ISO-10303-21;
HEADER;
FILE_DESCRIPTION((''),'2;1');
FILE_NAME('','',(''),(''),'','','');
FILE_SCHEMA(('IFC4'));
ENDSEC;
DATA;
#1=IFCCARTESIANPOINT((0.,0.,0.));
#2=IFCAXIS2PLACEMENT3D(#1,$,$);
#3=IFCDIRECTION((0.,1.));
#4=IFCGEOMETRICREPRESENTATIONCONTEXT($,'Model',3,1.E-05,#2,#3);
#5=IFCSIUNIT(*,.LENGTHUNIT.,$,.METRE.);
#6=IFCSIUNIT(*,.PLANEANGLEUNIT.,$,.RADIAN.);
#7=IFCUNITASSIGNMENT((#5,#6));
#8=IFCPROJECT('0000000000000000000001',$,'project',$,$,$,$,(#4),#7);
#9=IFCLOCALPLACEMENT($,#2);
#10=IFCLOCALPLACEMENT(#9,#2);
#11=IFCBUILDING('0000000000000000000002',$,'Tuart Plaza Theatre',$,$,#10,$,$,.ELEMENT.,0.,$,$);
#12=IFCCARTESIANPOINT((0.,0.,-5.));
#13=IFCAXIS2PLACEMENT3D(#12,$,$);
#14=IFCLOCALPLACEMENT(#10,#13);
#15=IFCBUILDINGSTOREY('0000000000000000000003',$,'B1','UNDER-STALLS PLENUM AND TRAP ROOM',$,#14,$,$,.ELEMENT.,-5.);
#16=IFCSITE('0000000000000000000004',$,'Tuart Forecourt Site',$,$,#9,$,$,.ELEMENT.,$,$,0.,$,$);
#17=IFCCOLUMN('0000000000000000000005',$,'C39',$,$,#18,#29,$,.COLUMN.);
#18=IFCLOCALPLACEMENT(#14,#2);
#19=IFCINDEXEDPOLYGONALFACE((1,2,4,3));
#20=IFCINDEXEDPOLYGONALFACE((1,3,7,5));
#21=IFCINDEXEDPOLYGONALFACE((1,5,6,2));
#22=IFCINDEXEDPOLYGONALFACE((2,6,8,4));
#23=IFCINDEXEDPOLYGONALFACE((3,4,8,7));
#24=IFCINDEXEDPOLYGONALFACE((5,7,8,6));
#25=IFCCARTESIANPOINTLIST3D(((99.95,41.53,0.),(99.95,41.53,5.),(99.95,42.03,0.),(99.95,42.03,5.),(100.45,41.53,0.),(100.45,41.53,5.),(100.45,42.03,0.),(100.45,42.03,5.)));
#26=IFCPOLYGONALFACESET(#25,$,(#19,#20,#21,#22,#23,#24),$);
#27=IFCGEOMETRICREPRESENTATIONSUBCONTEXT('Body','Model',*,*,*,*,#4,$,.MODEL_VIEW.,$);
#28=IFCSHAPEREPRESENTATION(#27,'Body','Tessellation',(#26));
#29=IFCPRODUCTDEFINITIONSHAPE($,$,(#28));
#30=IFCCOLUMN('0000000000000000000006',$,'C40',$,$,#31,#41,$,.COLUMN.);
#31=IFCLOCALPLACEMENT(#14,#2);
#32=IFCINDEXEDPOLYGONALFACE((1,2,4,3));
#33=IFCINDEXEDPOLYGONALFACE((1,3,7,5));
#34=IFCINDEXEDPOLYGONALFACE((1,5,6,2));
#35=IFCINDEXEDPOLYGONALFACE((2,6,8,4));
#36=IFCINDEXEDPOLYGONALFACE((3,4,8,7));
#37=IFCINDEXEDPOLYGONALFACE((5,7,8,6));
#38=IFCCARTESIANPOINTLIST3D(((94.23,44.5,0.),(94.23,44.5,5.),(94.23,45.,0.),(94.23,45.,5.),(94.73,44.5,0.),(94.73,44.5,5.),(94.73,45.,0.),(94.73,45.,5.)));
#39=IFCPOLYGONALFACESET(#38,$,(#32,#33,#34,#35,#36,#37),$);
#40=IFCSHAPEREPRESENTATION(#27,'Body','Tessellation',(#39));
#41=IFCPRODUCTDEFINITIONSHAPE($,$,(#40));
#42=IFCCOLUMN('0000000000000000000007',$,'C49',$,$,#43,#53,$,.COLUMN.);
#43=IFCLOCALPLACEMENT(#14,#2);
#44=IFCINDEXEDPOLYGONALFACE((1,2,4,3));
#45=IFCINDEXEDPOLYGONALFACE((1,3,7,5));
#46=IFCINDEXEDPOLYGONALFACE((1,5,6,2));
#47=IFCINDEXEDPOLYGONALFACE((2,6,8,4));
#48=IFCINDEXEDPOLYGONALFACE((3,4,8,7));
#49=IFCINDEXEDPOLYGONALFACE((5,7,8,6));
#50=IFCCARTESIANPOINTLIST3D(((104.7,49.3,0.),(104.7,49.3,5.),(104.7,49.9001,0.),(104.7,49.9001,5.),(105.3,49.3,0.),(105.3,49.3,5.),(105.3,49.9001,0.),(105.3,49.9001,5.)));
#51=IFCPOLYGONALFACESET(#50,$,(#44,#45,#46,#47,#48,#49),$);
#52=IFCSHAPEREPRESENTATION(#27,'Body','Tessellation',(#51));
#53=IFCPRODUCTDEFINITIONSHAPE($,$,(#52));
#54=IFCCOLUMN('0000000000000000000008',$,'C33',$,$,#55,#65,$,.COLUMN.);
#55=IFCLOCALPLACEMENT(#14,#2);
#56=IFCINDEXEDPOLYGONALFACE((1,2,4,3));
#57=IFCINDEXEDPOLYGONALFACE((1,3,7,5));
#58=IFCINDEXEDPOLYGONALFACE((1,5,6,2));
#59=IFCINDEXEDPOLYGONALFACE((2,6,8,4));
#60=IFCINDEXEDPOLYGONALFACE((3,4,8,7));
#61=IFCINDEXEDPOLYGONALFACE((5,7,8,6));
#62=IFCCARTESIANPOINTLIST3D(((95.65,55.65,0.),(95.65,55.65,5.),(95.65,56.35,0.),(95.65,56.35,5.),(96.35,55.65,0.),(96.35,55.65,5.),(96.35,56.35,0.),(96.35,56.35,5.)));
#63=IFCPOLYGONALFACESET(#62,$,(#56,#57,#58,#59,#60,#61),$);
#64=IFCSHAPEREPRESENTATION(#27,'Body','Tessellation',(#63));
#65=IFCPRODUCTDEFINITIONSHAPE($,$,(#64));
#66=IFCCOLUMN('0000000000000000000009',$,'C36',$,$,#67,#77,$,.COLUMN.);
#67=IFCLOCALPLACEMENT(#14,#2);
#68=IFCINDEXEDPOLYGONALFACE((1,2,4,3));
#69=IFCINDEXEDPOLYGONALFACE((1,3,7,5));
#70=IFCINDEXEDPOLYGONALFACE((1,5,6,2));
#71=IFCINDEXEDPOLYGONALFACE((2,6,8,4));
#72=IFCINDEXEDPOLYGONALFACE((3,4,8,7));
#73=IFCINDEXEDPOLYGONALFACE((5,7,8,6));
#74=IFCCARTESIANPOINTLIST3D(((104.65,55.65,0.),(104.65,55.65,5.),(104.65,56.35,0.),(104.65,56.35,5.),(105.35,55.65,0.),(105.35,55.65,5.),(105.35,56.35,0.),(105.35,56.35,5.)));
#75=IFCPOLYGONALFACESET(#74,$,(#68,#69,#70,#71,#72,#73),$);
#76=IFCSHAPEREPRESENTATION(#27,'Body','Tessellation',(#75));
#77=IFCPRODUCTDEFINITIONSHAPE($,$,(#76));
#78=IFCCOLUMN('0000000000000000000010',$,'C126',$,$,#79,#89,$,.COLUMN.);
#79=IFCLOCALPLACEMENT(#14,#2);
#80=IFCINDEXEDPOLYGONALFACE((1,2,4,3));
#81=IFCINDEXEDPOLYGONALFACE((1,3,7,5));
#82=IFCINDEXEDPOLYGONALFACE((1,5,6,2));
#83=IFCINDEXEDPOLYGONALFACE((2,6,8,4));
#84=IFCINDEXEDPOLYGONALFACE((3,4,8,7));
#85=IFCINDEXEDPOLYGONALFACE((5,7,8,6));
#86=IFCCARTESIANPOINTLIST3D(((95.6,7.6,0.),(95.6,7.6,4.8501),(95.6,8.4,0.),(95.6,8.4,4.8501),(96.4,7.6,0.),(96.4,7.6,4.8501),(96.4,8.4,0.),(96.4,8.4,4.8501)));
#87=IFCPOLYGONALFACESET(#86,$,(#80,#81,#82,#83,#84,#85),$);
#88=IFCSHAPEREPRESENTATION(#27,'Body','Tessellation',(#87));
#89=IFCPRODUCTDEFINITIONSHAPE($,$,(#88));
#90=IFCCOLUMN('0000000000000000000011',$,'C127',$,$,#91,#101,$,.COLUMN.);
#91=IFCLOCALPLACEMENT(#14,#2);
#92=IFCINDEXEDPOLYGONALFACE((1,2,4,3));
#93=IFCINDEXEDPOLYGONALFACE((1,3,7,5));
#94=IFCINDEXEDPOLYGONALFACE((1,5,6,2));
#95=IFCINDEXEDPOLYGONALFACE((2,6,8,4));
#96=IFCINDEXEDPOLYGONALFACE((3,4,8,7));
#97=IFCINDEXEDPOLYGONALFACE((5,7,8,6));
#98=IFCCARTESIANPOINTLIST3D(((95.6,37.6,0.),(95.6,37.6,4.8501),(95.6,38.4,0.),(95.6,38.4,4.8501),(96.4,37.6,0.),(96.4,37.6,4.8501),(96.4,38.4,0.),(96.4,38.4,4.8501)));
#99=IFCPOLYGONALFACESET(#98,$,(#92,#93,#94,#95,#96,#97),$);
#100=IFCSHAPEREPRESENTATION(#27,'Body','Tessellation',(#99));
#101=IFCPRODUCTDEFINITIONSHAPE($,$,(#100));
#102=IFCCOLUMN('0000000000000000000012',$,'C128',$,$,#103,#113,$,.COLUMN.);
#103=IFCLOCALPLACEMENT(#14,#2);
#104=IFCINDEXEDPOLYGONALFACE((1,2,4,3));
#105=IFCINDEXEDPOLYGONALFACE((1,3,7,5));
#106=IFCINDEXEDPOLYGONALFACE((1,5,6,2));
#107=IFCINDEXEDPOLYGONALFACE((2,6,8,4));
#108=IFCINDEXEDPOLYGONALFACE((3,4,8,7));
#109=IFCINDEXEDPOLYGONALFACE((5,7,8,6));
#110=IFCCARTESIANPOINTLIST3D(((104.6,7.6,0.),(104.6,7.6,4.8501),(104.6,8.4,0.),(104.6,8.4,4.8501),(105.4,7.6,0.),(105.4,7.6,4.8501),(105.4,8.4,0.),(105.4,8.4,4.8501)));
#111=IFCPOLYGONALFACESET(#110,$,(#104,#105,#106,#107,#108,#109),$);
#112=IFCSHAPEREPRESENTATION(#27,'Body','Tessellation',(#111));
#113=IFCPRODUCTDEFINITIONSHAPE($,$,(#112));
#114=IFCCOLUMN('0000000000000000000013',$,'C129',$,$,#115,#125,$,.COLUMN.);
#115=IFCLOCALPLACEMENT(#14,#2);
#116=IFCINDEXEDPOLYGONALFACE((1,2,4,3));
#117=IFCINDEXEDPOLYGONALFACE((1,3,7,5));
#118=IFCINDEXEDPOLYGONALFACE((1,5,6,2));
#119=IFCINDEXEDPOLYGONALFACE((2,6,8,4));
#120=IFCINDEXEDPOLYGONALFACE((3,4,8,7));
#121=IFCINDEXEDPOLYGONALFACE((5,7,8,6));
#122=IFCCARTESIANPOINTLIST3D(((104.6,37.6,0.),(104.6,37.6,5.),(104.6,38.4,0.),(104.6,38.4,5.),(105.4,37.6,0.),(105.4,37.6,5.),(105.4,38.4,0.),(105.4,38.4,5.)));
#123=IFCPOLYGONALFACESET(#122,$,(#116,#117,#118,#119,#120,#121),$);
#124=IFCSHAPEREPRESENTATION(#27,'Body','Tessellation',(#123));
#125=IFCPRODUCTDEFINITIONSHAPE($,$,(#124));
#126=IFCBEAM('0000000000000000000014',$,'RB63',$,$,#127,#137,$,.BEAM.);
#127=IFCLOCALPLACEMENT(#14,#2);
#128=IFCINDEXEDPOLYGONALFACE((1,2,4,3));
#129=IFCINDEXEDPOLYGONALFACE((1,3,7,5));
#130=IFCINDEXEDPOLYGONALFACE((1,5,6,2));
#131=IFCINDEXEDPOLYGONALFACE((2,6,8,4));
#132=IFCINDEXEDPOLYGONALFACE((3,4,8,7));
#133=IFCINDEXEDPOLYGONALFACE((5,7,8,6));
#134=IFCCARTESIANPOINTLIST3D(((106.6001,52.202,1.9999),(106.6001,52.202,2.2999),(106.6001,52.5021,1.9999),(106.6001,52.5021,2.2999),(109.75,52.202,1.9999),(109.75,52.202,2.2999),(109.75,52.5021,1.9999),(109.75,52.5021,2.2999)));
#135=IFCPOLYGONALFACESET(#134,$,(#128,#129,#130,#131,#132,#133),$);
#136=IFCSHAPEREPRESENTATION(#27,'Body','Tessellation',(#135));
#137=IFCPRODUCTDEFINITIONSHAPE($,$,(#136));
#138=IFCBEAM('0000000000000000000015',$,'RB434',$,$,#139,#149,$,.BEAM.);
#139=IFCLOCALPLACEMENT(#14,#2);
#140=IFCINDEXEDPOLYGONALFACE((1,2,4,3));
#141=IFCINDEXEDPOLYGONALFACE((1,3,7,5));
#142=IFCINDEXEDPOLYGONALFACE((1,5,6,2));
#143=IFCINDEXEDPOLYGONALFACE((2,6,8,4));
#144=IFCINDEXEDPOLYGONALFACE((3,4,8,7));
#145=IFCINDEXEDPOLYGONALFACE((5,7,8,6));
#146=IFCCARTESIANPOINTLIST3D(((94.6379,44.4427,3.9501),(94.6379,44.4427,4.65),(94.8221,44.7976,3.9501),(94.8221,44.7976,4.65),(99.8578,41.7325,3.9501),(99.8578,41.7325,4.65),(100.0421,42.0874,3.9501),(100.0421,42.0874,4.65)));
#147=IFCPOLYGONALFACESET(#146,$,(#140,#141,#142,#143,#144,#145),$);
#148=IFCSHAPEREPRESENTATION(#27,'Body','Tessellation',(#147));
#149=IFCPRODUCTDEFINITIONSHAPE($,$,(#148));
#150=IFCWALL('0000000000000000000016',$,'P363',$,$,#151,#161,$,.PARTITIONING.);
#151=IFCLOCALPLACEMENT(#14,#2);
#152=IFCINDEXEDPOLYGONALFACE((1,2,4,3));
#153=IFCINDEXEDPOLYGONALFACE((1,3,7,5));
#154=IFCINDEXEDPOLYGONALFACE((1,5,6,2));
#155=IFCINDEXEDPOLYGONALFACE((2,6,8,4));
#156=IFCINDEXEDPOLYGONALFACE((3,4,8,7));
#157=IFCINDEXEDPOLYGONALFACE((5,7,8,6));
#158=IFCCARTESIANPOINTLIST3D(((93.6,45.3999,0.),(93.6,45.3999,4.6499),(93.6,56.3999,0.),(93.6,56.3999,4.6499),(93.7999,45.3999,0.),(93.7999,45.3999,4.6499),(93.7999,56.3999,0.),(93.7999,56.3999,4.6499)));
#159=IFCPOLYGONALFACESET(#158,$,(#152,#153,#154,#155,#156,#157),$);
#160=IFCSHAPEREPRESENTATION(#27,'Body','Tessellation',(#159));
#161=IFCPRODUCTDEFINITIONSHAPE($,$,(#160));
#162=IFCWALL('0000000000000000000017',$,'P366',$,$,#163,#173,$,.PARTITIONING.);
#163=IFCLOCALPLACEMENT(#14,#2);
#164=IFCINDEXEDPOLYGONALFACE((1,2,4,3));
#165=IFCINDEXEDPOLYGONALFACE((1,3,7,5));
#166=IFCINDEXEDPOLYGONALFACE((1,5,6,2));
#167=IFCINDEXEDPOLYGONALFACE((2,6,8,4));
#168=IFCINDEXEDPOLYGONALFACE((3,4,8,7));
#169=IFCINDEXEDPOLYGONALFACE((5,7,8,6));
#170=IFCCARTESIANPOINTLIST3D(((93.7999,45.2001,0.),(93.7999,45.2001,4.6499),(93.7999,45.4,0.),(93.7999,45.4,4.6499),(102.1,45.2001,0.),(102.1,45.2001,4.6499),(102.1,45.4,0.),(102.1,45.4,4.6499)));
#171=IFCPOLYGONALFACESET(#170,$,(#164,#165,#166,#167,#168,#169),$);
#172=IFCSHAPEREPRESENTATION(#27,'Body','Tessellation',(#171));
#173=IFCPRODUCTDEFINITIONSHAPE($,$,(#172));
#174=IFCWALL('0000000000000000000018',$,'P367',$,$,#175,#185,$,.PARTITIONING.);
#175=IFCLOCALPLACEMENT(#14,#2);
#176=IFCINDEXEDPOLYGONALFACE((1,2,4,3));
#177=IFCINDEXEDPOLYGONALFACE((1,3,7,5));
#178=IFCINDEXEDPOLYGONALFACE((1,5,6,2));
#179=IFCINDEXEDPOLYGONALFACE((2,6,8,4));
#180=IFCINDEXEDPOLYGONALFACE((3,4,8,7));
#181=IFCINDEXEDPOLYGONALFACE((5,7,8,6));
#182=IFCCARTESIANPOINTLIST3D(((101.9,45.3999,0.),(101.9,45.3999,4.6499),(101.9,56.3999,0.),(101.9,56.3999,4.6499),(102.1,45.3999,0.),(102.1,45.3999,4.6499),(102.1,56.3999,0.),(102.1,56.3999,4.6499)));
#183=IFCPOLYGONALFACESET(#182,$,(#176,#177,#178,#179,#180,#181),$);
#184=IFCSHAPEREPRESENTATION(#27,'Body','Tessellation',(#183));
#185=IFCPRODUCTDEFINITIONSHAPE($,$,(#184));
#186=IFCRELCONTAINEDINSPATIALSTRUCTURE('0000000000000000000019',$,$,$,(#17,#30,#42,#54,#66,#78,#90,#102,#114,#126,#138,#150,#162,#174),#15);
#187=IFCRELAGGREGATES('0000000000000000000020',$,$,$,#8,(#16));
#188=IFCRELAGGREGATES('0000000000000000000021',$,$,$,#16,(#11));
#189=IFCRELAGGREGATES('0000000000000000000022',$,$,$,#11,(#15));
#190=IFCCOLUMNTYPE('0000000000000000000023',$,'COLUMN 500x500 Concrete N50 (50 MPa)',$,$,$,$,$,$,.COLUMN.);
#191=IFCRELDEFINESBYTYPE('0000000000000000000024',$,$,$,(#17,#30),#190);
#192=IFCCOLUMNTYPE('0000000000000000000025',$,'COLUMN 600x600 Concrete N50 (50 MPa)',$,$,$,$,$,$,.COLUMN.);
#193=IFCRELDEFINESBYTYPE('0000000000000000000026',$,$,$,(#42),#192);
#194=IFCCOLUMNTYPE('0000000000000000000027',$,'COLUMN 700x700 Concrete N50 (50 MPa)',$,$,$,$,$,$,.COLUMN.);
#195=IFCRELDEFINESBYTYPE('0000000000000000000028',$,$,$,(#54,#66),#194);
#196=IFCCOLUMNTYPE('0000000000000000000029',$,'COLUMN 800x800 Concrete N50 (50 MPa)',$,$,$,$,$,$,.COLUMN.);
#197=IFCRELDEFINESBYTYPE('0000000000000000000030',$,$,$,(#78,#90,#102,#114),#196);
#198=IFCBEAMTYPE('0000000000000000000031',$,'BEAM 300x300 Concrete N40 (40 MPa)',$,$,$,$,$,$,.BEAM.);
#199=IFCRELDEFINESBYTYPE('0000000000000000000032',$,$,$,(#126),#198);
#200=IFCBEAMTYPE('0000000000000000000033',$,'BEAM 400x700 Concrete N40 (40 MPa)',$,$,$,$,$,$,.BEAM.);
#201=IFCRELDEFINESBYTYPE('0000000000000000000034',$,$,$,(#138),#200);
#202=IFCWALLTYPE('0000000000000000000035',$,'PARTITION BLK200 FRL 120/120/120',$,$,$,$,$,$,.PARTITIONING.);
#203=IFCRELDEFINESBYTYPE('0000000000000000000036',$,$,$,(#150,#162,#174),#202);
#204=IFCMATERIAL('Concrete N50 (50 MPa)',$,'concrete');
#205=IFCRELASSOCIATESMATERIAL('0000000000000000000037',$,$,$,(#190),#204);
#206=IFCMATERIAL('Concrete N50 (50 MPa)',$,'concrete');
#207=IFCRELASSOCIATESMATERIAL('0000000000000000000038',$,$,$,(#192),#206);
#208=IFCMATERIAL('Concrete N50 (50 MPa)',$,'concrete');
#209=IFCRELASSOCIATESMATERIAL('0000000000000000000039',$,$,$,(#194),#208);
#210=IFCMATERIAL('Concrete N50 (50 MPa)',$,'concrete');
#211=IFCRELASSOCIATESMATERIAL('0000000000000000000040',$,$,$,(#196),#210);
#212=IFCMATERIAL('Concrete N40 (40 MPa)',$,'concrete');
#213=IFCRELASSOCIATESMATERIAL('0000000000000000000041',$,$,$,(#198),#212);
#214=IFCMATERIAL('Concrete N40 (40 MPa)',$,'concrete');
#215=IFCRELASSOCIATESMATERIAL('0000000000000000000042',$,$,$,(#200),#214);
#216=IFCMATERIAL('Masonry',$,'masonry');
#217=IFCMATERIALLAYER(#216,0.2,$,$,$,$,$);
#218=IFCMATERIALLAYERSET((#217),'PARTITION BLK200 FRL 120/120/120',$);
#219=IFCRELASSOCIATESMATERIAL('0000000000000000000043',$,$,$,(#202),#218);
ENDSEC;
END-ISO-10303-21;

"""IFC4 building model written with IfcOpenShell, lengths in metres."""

from ifc_helpers import new_model, si_unit, direction, frame, frame_2d, origin, origin_2d, place, context, subcontext, project, spatial, rectangle, extrude, material, layer, layer_set, material_profile, profile_set, type_object, element, save


model = new_model("IFC4")

# Units and contexts
model_context = context("Model", 3, precision=1e-05, world=origin(), true_north=direction((0.0, 1.0)))
body_context = subcontext(model_context, "Body", "Model", "MODEL_VIEW")
ifc_project = project(units=[si_unit("LENGTHUNIT", "METRE"), si_unit("PLANEANGLEUNIT", "RADIAN")], contexts=[model_context])

# Site, building, storey
site_placement = place(None, origin())
site = spatial("IfcSite", under=ifc_project, at=site_placement, Name="Tuart Forecourt Site", CompositionType="ELEMENT", RefElevation=0.0)
building_placement = place(site_placement, origin())
building = spatial("IfcBuilding", under=site, at=building_placement, Name="Tuart Plaza Theatre", CompositionType="ELEMENT", ElevationOfRefHeight=0.0)
storey_placement = place(building_placement, frame((0.0, 0.0, -5.0)))
storey = spatial("IfcBuildingStorey", under=building, at=storey_placement, Name="B1", Description="UNDER-STALLS PLENUM AND TRAP ROOM", CompositionType="ELEMENT", Elevation=-5.0)

# Columns
ifc_material_1 = material(Name="Concrete N50 (50 MPa)", Category="concrete")
ifc_material_profile_1 = material_profile(ifc_material_1, rectangle(XDim=0.5, YDim=0.5, at=origin_2d()), Name="COLUMN 500x500 Concrete N50 (50 MPa)")
ifc_profile_set_1 = profile_set([ifc_material_profile_1], Name="Concrete N50 (50 MPa)")
column_type_1 = type_object("IfcColumnType", Name="COLUMN 500x500 Concrete N50 (50 MPa)", PredefinedType="COLUMN", material=ifc_profile_set_1)
for number, where, z_axis, x_axis, name in (
    (1, (100.2, 41.78, 0.0), (0.0, 0.0, 1.0), (1.0, 0.0, 0.0), "C39"),
    (2, (94.48, 44.75, 0.0), (0.0, 0.0, 1.0), (1.0, 0.0, 0.0), "C40"),
):
    element("IfcColumn", number, at=place(storey_placement, frame(where, z_axis=z_axis, x_axis=x_axis)), inside=storey, type_object=column_type_1, Name=name, PredefinedType="COLUMN", context=body_context, shape_type="SweptSolid", body=[
        extrude(rectangle(XDim=0.5, YDim=0.5, at=origin_2d()), origin(), (0.0, 0.0, 1.0), 5.0),
    ])
ifc_material_2 = material(Name="Concrete N50 (50 MPa)", Category="concrete")
ifc_material_profile_2 = material_profile(ifc_material_2, rectangle(XDim=0.6001, YDim=0.6001, at=origin_2d()), Name="COLUMN 600x600 Concrete N50 (50 MPa)")
ifc_profile_set_2 = profile_set([ifc_material_profile_2], Name="Concrete N50 (50 MPa)")
column_type_2 = type_object("IfcColumnType", Name="COLUMN 600x600 Concrete N50 (50 MPa)", PredefinedType="COLUMN", material=ifc_profile_set_2)
column_1_placement = place(storey_placement, frame((105.0, 49.6001, 0.0), z_axis=(0.0, 0.0, 1.0), x_axis=(1.0, 0.0, 0.0)))
element("IfcColumn", 3, at=column_1_placement, inside=storey, type_object=column_type_2, Name="C49", PredefinedType="COLUMN", context=body_context, shape_type="SweptSolid", body=[
    extrude(rectangle(XDim=0.6001, YDim=0.6001, at=origin_2d()), origin(), (0.0, 0.0, 1.0), 5.0),
])
ifc_material_3 = material(Name="Concrete N50 (50 MPa)", Category="concrete")
ifc_material_profile_3 = material_profile(ifc_material_3, rectangle(XDim=0.7, YDim=0.7, at=origin_2d()), Name="COLUMN 700x700 Concrete N50 (50 MPa)")
ifc_profile_set_3 = profile_set([ifc_material_profile_3], Name="Concrete N50 (50 MPa)")
column_type_3 = type_object("IfcColumnType", Name="COLUMN 700x700 Concrete N50 (50 MPa)", PredefinedType="COLUMN", material=ifc_profile_set_3)
for number, where, z_axis, x_axis, name in (
    (4, (96.0, 56.0, 0.0), (0.0, 0.0, 1.0), (1.0, 0.0, 0.0), "C33"),
    (5, (105.0, 56.0, 0.0), (0.0, 0.0, 1.0), (1.0, 0.0, 0.0), "C36"),
):
    element("IfcColumn", number, at=place(storey_placement, frame(where, z_axis=z_axis, x_axis=x_axis)), inside=storey, type_object=column_type_3, Name=name, PredefinedType="COLUMN", context=body_context, shape_type="SweptSolid", body=[
        extrude(rectangle(XDim=0.7, YDim=0.7, at=origin_2d()), origin(), (0.0, 0.0, 1.0), 5.0),
    ])
ifc_material_4 = material(Name="Concrete N50 (50 MPa)", Category="concrete")
ifc_material_profile_4 = material_profile(ifc_material_4, rectangle(XDim=0.8, YDim=0.8, at=origin_2d()), Name="COLUMN 800x800 Concrete N50 (50 MPa)")
ifc_profile_set_4 = profile_set([ifc_material_profile_4], Name="Concrete N50 (50 MPa)")
column_type_4 = type_object("IfcColumnType", Name="COLUMN 800x800 Concrete N50 (50 MPa)", PredefinedType="COLUMN", material=ifc_profile_set_4)
for number, where, z_axis, x_axis, name in (
    (6, (96.0, 8.0, 0.0), (0.0, 0.0, 1.0), (1.0, 0.0, 0.0), "C126"),
    (7, (96.0, 38.0, 0.0), (0.0, 0.0, 1.0), (1.0, 0.0, 0.0), "C127"),
    (8, (105.0, 8.0, 0.0), (0.0, 0.0, 1.0), (1.0, 0.0, 0.0), "C128"),
):
    element("IfcColumn", number, at=place(storey_placement, frame(where, z_axis=z_axis, x_axis=x_axis)), inside=storey, type_object=column_type_4, Name=name, PredefinedType="COLUMN", context=body_context, shape_type="SweptSolid", body=[
        extrude(rectangle(XDim=0.8, YDim=0.8, at=origin_2d()), origin(), (0.0, 0.0, 1.0), 4.8501),
    ])
column_2_placement = place(storey_placement, frame((105.0, 38.0, 0.0), z_axis=(0.0, 0.0, 1.0), x_axis=(1.0, 0.0, 0.0)))
element("IfcColumn", 9, at=column_2_placement, inside=storey, type_object=column_type_4, Name="C129", PredefinedType="COLUMN", context=body_context, shape_type="SweptSolid", body=[
    extrude(rectangle(XDim=0.8, YDim=0.8, at=origin_2d()), origin(), (0.0, 0.0, 1.0), 5.0),
])

# Beams
ifc_material_5 = material(Name="Concrete N40 (40 MPa)", Category="concrete")
ifc_material_profile_5 = material_profile(ifc_material_5, rectangle(XDim=0.3, YDim=0.3, at=origin_2d()), Name="BEAM 300x300 Concrete N40 (40 MPa)")
ifc_profile_set_5 = profile_set([ifc_material_profile_5], Name="Concrete N40 (40 MPa)")
beam_type_1 = type_object("IfcBeamType", Name="BEAM 300x300 Concrete N40 (40 MPa)", PredefinedType="BEAM", material=ifc_profile_set_5)
beam_1_placement = place(storey_placement, frame((106.6001, 52.3521, 2.1499), z_axis=(1.0, 0.0, 0.0), x_axis=(0.0, 1.0, 0.0)))
element("IfcBeam", 10, at=beam_1_placement, inside=storey, type_object=beam_type_1, Name="RB63", PredefinedType="BEAM", context=body_context, shape_type="SweptSolid", body=[
    extrude(rectangle(XDim=0.3, YDim=0.3, at=origin_2d()), origin(), (0.0, 0.0, 1.0), 3.1499),
])
ifc_material_6 = material(Name="Concrete N40 (40 MPa)", Category="concrete")
ifc_material_profile_6 = material_profile(ifc_material_6, rectangle(XDim=0.3999, YDim=0.7, at=origin_2d()), Name="BEAM 400x700 Concrete N40 (40 MPa)")
ifc_profile_set_6 = profile_set([ifc_material_profile_6], Name="Concrete N40 (40 MPa)")
beam_type_2 = type_object("IfcBeamType", Name="BEAM 400x700 Concrete N40 (40 MPa)", PredefinedType="BEAM", material=ifc_profile_set_6)
beam_2_placement = place(storey_placement, frame((99.95, 41.9099, 4.3), z_axis=(-0.887508, 0.460793, 0.0), x_axis=(-0.460793, -0.887508, 0.0)))
element("IfcBeam", 11, at=beam_2_placement, inside=storey, type_object=beam_type_2, Name="RB434", PredefinedType="BEAM", context=body_context, shape_type="SweptSolid", body=[
    extrude(rectangle(XDim=0.3999, YDim=0.7, at=origin_2d()), origin(), (0.0, 0.0, 1.0), 5.8816),
])

# Walls
ifc_material_7 = material(Name="Masonry", Category="masonry")
ifc_layer_1 = layer(ifc_material_7, 0.2)
ifc_layer_set_1 = layer_set([ifc_layer_1], Name="PARTITION BLK200 FRL 120/120/120")
wall_type_1 = type_object("IfcWallType", Name="PARTITION BLK200 FRL 120/120/120", PredefinedType="PARTITIONING", material=ifc_layer_set_1)
wall_1_placement = place(storey_placement, frame((93.7, 45.3999, 0.0), z_axis=(0.0, 0.0, 1.0), x_axis=(0.0, 1.0, 0.0)))
element("IfcWall", 12, at=wall_1_placement, inside=storey, type_object=wall_type_1, Name="P363", PredefinedType="PARTITIONING", context=body_context, shape_type="SweptSolid", body=[
    extrude(rectangle(XDim=11.0, YDim=0.2, at=frame_2d((5.5, 0.0))), origin(), (0.0, 0.0, 1.0), 4.6499),
])
wall_2_placement = place(storey_placement, frame((93.8, 45.3, 0.0), z_axis=(0.0, 0.0, 1.0), x_axis=(1.0, 0.0, 0.0)))
element("IfcWall", 13, at=wall_2_placement, inside=storey, type_object=wall_type_1, Name="P366", PredefinedType="PARTITIONING", context=body_context, shape_type="SweptSolid", body=[
    extrude(rectangle(XDim=8.3, YDim=0.2, at=frame_2d((4.1499, 0.0))), origin(), (0.0, 0.0, 1.0), 4.6499),
])
for number, where, z_axis, x_axis, name in (
    (14, (102.0, 45.3999, 0.0), (0.0, 0.0, 1.0), (0.0, 1.0, 0.0), "P367"),
):
    element("IfcWall", number, at=place(storey_placement, frame(where, z_axis=z_axis, x_axis=x_axis)), inside=storey, type_object=wall_type_1, Name=name, PredefinedType="PARTITIONING", context=body_context, shape_type="SweptSolid", body=[
        extrude(rectangle(XDim=11.0, YDim=0.2, at=frame_2d((5.5, 0.0))), origin(), (0.0, 0.0, 1.0), 4.6499),
    ])

save(model, "model.ifc")
